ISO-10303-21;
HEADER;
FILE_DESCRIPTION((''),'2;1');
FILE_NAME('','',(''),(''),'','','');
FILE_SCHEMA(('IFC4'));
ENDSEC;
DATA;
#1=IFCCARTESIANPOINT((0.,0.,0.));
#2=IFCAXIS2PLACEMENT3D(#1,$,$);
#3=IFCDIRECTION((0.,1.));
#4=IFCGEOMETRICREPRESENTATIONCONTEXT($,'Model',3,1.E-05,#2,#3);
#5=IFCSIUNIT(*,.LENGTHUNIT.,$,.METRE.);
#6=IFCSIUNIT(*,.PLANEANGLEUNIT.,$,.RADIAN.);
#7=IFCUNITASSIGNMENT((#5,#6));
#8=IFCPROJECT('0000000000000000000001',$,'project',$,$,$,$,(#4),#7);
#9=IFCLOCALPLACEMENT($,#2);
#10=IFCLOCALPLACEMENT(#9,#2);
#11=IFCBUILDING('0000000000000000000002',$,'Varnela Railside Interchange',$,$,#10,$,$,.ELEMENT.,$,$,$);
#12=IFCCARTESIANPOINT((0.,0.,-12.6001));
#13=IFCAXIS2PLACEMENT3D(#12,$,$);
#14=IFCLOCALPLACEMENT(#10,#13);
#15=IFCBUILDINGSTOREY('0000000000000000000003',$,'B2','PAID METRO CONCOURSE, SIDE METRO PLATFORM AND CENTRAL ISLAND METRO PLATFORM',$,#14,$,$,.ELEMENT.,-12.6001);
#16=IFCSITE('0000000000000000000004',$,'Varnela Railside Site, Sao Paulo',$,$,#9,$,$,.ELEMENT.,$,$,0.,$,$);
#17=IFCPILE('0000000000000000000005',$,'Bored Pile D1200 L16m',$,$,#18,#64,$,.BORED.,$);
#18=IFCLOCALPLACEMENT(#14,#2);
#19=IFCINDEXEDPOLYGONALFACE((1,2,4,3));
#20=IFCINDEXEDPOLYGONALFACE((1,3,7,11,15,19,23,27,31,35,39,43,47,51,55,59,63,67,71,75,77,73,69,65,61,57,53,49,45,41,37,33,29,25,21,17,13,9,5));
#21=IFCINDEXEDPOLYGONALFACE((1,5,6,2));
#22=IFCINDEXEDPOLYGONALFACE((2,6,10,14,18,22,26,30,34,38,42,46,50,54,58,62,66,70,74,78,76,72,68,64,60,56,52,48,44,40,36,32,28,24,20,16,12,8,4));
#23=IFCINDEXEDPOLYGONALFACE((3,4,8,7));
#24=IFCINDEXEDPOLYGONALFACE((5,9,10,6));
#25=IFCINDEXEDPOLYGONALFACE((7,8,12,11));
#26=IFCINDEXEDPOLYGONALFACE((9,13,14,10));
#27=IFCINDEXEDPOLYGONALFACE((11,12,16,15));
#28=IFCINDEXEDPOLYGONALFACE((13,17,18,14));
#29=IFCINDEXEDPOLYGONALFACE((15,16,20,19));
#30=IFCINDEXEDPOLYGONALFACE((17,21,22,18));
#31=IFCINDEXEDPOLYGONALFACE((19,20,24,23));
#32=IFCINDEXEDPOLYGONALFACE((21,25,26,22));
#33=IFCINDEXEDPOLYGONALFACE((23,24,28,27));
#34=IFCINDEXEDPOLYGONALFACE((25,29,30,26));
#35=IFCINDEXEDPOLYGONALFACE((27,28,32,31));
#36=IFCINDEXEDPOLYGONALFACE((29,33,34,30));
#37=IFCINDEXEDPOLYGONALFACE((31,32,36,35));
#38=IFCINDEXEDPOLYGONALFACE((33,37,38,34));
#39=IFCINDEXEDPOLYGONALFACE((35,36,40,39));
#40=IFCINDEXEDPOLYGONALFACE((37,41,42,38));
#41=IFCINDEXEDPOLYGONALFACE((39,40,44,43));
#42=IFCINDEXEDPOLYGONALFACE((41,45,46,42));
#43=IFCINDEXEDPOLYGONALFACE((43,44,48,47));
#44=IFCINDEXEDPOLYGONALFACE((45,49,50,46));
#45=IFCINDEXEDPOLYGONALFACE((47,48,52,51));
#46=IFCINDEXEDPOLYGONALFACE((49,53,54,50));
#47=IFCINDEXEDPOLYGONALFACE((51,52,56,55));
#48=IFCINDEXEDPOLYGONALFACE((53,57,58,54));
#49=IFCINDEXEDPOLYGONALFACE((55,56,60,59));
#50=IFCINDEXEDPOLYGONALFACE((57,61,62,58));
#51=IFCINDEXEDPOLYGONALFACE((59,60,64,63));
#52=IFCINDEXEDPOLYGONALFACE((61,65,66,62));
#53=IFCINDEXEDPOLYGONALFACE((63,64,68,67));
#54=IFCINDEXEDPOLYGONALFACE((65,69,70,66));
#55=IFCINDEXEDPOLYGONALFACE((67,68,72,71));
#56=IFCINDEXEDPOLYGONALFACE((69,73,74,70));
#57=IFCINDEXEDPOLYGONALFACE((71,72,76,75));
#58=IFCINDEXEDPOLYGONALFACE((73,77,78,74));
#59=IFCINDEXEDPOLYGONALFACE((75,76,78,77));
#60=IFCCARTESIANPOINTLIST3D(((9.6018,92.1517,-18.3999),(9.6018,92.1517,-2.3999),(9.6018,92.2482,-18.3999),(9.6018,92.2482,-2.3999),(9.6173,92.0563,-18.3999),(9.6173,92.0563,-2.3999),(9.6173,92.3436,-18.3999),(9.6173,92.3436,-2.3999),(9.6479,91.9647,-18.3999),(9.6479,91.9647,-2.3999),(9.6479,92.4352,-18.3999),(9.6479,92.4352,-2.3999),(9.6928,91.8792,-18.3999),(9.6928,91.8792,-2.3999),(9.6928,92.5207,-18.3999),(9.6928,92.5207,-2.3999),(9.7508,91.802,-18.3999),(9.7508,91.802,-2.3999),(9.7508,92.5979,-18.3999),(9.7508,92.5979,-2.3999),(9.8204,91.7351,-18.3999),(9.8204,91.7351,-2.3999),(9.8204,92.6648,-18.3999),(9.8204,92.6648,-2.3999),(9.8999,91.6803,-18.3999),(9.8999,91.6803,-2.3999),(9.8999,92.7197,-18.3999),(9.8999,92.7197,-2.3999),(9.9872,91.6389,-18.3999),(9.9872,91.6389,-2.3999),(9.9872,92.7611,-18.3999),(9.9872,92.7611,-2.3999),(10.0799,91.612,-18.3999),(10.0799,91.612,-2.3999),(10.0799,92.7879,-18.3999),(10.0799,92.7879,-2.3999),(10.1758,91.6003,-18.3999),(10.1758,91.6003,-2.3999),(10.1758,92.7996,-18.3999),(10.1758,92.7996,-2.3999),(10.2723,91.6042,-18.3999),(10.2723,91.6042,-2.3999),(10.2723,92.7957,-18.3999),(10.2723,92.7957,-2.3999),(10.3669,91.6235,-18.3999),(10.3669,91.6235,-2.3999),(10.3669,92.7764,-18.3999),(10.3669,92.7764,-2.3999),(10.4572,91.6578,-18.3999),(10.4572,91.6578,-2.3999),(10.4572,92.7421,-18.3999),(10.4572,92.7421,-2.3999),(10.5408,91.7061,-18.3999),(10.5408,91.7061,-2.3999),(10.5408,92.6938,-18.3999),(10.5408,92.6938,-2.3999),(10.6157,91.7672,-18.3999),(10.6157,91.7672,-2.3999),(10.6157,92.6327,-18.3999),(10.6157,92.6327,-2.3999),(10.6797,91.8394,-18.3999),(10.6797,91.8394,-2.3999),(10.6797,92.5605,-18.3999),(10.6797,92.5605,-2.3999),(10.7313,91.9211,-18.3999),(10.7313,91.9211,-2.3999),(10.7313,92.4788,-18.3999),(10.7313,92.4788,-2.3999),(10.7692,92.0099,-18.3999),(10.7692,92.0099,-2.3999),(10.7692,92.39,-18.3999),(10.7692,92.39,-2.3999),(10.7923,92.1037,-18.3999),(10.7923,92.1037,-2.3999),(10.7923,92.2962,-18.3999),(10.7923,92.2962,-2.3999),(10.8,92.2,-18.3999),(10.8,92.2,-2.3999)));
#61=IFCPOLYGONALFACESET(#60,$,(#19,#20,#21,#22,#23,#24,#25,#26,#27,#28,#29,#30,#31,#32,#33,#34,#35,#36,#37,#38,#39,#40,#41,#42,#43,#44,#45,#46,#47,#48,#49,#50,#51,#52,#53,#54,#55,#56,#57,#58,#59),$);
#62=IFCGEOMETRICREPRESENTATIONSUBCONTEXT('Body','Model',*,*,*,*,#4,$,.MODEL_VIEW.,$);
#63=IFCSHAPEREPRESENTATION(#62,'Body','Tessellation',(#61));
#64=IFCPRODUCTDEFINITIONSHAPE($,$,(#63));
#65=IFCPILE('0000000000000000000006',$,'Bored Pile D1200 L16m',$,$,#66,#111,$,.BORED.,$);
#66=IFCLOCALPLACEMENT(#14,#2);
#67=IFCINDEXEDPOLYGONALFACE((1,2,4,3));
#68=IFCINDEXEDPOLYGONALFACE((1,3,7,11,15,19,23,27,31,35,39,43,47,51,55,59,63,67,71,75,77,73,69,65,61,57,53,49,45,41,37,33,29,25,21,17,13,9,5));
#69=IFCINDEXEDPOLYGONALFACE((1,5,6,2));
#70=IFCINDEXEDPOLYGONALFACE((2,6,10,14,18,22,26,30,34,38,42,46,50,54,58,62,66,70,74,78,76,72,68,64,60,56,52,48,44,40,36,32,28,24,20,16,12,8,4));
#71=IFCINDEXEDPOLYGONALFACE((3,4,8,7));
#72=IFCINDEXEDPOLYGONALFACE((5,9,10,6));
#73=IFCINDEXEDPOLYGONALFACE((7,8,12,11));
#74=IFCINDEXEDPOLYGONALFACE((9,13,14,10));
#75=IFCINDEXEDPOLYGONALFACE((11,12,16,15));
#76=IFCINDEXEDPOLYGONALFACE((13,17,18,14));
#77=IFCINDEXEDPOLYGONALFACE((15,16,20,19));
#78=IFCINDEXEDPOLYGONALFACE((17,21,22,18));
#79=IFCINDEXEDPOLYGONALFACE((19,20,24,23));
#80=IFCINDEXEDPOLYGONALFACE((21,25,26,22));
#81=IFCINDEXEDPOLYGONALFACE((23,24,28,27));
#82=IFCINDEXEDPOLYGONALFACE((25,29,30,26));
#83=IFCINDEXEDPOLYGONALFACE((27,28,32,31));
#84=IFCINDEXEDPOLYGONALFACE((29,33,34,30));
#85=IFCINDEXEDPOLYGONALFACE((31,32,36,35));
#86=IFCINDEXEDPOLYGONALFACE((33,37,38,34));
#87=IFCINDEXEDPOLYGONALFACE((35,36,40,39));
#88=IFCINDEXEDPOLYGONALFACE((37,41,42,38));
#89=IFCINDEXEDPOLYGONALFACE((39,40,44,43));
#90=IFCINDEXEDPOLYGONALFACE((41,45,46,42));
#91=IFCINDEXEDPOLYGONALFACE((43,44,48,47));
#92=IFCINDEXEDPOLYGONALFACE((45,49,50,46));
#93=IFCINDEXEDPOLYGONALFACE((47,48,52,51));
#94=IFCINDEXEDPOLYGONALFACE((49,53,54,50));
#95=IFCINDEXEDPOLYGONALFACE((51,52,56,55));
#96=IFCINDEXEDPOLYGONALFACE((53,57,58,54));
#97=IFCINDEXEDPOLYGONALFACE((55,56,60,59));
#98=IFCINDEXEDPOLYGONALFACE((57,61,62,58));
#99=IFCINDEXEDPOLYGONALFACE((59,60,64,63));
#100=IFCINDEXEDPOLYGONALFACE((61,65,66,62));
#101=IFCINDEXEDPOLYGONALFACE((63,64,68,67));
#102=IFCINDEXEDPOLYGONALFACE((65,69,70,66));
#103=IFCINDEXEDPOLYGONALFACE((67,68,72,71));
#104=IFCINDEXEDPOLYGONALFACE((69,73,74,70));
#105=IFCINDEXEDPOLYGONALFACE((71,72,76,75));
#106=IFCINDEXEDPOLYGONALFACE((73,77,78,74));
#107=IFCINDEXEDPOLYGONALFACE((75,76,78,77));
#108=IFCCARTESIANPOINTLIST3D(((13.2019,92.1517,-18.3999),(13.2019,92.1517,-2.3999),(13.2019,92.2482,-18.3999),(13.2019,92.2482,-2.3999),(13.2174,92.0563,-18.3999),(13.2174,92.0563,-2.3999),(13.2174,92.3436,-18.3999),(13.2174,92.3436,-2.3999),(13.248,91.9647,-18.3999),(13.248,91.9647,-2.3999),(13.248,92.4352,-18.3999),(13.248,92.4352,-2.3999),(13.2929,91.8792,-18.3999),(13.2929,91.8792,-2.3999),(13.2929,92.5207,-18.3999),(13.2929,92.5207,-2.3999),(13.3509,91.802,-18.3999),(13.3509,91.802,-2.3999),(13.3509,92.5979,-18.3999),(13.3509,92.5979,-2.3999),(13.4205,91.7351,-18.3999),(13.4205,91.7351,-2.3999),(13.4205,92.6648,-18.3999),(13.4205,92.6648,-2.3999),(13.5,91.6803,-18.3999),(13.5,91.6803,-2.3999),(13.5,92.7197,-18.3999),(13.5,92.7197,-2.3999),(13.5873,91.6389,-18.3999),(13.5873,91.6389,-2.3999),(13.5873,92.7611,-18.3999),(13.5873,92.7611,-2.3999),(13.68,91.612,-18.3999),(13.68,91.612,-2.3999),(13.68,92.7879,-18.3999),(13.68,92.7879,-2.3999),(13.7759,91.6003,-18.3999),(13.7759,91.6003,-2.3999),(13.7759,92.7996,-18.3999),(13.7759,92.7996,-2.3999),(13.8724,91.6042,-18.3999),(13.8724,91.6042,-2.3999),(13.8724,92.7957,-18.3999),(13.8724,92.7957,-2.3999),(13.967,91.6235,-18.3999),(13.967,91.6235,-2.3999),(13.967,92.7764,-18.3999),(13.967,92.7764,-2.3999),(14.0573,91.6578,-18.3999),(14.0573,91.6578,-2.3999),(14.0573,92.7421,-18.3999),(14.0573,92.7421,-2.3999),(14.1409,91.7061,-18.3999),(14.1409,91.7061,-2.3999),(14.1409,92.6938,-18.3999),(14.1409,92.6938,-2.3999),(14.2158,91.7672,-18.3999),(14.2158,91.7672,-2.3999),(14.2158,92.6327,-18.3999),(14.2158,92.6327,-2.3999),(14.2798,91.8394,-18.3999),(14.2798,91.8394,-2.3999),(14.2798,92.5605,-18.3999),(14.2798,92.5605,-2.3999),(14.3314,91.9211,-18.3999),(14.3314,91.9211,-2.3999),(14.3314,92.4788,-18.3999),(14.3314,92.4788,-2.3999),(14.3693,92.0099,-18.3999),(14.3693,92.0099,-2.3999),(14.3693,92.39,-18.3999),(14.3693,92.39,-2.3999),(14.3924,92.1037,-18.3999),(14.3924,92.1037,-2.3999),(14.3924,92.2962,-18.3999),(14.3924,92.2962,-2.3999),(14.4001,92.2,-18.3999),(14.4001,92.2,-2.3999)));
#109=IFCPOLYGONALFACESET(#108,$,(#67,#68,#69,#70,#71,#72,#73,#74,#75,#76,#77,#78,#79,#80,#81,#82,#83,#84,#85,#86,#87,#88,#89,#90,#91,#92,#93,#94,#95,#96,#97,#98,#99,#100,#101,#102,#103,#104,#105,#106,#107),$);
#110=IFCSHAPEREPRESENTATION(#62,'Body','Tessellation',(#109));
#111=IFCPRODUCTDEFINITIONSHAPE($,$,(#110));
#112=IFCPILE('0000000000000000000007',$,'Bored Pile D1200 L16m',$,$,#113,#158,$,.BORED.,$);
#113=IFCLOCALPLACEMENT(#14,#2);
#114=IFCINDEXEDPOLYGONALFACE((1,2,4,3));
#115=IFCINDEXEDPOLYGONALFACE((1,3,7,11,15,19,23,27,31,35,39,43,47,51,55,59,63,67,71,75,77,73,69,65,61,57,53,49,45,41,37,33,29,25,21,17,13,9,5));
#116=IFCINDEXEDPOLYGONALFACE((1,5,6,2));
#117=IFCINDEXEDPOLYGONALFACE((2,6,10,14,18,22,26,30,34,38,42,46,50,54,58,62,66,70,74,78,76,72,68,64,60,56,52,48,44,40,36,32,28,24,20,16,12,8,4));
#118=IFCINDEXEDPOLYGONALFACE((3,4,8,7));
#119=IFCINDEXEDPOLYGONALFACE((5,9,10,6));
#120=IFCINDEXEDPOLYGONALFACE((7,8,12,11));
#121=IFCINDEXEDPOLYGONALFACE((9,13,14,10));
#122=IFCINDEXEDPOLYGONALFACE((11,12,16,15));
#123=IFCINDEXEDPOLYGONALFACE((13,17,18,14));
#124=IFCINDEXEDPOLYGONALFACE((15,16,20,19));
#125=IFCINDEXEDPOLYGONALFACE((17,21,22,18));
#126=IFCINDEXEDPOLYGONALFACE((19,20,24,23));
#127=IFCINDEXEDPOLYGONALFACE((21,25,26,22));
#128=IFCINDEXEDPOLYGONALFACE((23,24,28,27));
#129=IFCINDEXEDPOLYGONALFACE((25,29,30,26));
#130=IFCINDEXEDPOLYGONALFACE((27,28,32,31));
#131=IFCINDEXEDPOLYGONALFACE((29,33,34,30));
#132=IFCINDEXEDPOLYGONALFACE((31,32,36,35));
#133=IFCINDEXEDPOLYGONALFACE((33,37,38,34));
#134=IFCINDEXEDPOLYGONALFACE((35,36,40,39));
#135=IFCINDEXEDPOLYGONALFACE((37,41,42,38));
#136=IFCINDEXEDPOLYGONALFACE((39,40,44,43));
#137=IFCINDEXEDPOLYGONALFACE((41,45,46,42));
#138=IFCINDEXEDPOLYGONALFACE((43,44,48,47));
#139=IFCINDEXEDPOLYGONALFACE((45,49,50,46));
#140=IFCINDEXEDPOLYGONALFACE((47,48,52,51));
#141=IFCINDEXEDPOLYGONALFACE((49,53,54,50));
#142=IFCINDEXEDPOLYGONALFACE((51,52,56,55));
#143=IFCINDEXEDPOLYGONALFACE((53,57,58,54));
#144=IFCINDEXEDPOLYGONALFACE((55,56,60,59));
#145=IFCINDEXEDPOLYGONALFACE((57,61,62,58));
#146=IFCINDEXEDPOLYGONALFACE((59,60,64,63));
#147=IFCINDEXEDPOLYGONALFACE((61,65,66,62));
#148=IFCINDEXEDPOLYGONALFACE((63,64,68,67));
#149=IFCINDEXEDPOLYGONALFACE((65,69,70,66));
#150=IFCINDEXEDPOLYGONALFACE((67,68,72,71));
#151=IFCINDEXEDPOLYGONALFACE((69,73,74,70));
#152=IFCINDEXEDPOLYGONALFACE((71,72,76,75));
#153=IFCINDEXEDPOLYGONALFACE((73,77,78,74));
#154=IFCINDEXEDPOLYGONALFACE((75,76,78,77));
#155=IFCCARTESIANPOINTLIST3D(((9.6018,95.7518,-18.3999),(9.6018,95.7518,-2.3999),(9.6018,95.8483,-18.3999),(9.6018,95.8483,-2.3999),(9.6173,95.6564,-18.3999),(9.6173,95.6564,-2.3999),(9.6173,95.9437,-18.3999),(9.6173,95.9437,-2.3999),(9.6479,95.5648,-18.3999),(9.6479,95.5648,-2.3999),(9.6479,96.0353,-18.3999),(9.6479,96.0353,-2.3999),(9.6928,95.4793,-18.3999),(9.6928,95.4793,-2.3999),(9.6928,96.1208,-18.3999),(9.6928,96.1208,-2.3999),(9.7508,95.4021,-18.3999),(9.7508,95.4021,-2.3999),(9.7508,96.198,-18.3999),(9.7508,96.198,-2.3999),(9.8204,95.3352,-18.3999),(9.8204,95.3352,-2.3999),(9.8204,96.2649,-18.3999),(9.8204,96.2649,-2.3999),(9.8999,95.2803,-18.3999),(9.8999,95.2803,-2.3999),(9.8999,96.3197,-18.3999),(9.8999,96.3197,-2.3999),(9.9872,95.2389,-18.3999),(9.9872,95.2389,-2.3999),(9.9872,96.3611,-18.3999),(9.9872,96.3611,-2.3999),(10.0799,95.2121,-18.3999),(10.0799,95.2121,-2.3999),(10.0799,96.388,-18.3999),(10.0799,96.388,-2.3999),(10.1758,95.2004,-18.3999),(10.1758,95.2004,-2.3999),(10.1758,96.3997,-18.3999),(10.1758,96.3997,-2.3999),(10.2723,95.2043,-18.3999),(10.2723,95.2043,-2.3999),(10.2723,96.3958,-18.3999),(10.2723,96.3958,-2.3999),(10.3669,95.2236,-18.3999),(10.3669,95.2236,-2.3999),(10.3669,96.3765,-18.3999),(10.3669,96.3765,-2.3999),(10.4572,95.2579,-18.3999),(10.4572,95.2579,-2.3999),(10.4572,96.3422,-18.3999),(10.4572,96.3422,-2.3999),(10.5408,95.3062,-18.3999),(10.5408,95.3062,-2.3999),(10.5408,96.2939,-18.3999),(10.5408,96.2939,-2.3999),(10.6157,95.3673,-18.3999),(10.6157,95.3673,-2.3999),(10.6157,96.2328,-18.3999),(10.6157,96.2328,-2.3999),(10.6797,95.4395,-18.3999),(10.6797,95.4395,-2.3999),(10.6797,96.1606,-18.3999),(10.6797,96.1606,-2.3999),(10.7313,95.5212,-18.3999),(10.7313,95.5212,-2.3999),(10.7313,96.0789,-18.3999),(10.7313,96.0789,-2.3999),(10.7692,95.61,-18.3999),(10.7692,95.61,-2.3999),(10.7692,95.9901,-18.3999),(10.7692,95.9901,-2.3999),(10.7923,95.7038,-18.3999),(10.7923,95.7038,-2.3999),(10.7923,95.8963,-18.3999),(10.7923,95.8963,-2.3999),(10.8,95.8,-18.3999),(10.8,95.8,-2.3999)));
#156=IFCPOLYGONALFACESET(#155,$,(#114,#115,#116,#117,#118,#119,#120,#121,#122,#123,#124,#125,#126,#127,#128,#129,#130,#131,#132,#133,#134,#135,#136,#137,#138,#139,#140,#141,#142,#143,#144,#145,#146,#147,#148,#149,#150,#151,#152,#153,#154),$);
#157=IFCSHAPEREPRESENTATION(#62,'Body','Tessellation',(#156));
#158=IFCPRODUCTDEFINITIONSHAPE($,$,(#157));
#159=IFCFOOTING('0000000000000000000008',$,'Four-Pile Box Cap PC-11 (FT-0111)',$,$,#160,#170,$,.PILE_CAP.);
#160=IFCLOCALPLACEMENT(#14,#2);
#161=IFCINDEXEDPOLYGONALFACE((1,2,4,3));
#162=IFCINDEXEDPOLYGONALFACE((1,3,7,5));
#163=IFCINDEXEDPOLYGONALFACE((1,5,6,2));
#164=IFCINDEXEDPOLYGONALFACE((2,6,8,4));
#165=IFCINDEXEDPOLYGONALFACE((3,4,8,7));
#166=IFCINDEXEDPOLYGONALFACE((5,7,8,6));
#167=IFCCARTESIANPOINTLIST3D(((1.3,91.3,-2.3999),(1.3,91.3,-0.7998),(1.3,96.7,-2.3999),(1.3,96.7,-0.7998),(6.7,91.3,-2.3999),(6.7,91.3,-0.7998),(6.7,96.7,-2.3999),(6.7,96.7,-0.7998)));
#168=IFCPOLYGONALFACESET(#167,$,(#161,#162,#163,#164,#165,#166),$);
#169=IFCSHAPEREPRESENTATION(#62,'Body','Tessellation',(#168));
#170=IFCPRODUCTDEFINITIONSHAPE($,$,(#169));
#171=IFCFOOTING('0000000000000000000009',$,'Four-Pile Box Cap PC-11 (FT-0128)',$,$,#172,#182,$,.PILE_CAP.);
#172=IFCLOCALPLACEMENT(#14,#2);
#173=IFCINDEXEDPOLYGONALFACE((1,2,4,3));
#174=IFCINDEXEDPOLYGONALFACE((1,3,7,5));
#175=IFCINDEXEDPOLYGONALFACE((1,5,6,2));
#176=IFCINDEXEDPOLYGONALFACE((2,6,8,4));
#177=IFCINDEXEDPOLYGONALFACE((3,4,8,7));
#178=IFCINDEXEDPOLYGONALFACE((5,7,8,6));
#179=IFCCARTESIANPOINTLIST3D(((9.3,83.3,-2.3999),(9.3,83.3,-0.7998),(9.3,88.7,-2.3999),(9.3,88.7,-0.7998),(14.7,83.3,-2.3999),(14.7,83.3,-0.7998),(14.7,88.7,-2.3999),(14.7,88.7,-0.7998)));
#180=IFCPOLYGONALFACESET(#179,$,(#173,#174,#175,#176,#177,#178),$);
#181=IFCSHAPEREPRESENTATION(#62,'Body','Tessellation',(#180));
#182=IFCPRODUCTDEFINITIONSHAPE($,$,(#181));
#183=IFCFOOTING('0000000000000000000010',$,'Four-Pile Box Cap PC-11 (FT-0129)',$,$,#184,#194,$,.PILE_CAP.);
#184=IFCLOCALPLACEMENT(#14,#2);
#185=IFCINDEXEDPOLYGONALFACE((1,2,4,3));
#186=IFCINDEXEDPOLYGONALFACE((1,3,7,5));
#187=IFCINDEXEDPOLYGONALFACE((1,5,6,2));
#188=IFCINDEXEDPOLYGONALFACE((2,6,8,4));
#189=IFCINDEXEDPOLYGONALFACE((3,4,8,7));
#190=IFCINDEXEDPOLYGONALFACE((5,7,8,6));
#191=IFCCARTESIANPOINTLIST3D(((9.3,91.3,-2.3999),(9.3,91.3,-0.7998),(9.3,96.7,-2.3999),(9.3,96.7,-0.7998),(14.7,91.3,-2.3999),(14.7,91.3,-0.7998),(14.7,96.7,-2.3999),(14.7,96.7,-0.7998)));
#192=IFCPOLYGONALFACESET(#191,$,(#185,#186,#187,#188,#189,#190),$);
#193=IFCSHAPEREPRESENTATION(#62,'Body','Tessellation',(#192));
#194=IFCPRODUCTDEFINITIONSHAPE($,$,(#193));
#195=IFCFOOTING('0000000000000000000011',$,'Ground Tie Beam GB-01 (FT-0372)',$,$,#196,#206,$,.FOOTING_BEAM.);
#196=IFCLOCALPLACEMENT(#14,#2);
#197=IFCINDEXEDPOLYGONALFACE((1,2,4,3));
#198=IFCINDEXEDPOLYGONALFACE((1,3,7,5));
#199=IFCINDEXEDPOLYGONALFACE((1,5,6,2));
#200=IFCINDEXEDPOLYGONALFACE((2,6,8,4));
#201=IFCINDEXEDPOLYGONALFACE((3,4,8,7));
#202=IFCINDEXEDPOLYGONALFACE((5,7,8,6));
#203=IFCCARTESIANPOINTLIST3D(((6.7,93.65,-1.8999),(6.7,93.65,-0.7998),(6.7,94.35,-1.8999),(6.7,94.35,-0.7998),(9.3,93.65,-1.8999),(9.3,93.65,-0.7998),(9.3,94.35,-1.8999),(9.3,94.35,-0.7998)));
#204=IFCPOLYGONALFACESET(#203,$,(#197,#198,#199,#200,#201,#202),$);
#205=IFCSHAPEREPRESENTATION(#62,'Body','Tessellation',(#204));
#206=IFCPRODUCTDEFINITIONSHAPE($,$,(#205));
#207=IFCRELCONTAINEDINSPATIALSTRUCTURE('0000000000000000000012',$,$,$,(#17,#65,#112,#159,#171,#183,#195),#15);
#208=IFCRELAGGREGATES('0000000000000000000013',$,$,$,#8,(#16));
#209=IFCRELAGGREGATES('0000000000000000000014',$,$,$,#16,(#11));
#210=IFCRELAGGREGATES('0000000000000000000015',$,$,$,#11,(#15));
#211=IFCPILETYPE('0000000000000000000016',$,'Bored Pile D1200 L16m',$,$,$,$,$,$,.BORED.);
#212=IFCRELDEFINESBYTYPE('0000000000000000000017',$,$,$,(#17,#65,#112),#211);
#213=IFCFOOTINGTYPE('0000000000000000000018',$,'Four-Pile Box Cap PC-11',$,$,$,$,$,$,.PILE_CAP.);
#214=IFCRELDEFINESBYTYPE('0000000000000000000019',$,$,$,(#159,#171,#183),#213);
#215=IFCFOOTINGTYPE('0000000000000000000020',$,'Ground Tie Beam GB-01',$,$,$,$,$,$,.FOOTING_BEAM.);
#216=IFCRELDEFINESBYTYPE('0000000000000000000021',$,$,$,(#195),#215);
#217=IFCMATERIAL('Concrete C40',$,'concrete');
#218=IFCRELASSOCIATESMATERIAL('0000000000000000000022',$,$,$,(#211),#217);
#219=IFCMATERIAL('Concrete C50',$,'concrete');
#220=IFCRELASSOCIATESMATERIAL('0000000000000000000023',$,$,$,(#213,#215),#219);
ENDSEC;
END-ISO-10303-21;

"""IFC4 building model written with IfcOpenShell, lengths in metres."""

from ifc_helpers import new_model, si_unit, direction, frame, origin, origin_2d, place, context, subcontext, project, spatial, rectangle, circle, extrude, material, material_profile, profile_set, type_object, element, save


model = new_model("IFC4")

# Units and contexts
model_context = context("Model", 3, precision=1e-05, world=origin(), true_north=direction((0.0, 1.0)))
body_context = subcontext(model_context, "Body", "Model", "MODEL_VIEW")
ifc_project = project(units=[si_unit("LENGTHUNIT", "METRE"), si_unit("PLANEANGLEUNIT", "RADIAN")], contexts=[model_context])

# Site, building, storey
site_placement = place(None, origin())
site = spatial("IfcSite", under=ifc_project, at=site_placement, Name="Varnela Railside Site, Sao Paulo", CompositionType="ELEMENT", RefElevation=0.0)
building_placement = place(site_placement, origin())
building = spatial("IfcBuilding", under=site, at=building_placement, Name="Varnela Railside Interchange", CompositionType="ELEMENT")
storey_placement = place(building_placement, frame((0.0, 0.0, -12.6001)))
storey = spatial("IfcBuildingStorey", under=building, at=storey_placement, Name="B2", Description="PAID METRO CONCOURSE, SIDE METRO PLATFORM AND CENTRAL ISLAND METRO PLATFORM", CompositionType="ELEMENT", Elevation=-12.6001)

# Piles
ifc_material_1 = material(Name="Concrete C40", Category="concrete")
ifc_material_profile_1 = material_profile(ifc_material_1, circle(Radius=0.6001, at=origin_2d()), Name="BORED PILE D1200")
ifc_profile_set_1 = profile_set([ifc_material_profile_1], Name="Concrete C40")
pile_type = type_object("IfcPileType", Name="Bored Pile D1200 L16m", PredefinedType="BORED", material=ifc_profile_set_1)
for number, where, z_axis, x_axis, name in (
    (1, (10.2, 92.2, -2.3999), (0.0, 0.0, -1.0), (1.0, 0.0, 0.0), "Bored Pile D1200 L16m"),
    (2, (13.8, 92.2, -2.3999), (0.0, 0.0, -1.0), (1.0, 0.0, 0.0), "Bored Pile D1200 L16m"),
    (3, (10.2, 95.8, -2.3999), (0.0, 0.0, -1.0), (1.0, 0.0, 0.0), "Bored Pile D1200 L16m"),
):
    element("IfcPile", number, at=place(storey_placement, frame(where, z_axis=z_axis, x_axis=x_axis)), inside=storey, type_object=pile_type, Name=name, PredefinedType="BORED", context=body_context, shape_type="SweptSolid", body=[
        extrude(circle(Radius=0.6001, at=origin_2d()), origin(), (0.0, 0.0, 1.0), 16.0),
    ])

# Footings
ifc_material_2 = material(Name="Concrete C50", Category="concrete")
footing_type_1 = type_object("IfcFootingType", Name="Four-Pile Box Cap PC-11", PredefinedType="PILE_CAP", material=ifc_material_2)
for number, where, z_axis, x_axis, name in (
    (4, (4.0, 94.0, -2.3999), (0.0, 0.0, 1.0), (1.0, 0.0, 0.0), "Four-Pile Box Cap PC-11 (FT-0111)"),
    (5, (12.0, 86.0, -2.3999), (0.0, 0.0, 1.0), (1.0, 0.0, 0.0), "Four-Pile Box Cap PC-11 (FT-0128)"),
    (6, (12.0, 94.0, -2.3999), (0.0, 0.0, 1.0), (1.0, 0.0, 0.0), "Four-Pile Box Cap PC-11 (FT-0129)"),
):
    element("IfcFooting", number, at=place(storey_placement, frame(where, z_axis=z_axis, x_axis=x_axis)), inside=storey, type_object=footing_type_1, Name=name, PredefinedType="PILE_CAP", context=body_context, shape_type="SweptSolid", body=[
        extrude(rectangle(XDim=5.3999, YDim=5.3999, at=origin_2d()), origin(), (0.0, 0.0, 1.0), 1.6001),
    ])
footing_type_2 = type_object("IfcFootingType", Name="Ground Tie Beam GB-01", PredefinedType="FOOTING_BEAM", material=ifc_material_2)
footing_1_placement = place(storey_placement, frame((8.0, 94.0, -1.8999), z_axis=(0.0, 0.0, 1.0), x_axis=(1.0, 0.0, 0.0)))
element("IfcFooting", 7, at=footing_1_placement, inside=storey, type_object=footing_type_2, Name="Ground Tie Beam GB-01 (FT-0372)", PredefinedType="FOOTING_BEAM", context=body_context, shape_type="SweptSolid", body=[
    extrude(rectangle(XDim=2.6001, YDim=0.7, at=origin_2d()), origin(), (0.0, 0.0, 1.0), 1.1001),
])

save(model, "model.ifc")
